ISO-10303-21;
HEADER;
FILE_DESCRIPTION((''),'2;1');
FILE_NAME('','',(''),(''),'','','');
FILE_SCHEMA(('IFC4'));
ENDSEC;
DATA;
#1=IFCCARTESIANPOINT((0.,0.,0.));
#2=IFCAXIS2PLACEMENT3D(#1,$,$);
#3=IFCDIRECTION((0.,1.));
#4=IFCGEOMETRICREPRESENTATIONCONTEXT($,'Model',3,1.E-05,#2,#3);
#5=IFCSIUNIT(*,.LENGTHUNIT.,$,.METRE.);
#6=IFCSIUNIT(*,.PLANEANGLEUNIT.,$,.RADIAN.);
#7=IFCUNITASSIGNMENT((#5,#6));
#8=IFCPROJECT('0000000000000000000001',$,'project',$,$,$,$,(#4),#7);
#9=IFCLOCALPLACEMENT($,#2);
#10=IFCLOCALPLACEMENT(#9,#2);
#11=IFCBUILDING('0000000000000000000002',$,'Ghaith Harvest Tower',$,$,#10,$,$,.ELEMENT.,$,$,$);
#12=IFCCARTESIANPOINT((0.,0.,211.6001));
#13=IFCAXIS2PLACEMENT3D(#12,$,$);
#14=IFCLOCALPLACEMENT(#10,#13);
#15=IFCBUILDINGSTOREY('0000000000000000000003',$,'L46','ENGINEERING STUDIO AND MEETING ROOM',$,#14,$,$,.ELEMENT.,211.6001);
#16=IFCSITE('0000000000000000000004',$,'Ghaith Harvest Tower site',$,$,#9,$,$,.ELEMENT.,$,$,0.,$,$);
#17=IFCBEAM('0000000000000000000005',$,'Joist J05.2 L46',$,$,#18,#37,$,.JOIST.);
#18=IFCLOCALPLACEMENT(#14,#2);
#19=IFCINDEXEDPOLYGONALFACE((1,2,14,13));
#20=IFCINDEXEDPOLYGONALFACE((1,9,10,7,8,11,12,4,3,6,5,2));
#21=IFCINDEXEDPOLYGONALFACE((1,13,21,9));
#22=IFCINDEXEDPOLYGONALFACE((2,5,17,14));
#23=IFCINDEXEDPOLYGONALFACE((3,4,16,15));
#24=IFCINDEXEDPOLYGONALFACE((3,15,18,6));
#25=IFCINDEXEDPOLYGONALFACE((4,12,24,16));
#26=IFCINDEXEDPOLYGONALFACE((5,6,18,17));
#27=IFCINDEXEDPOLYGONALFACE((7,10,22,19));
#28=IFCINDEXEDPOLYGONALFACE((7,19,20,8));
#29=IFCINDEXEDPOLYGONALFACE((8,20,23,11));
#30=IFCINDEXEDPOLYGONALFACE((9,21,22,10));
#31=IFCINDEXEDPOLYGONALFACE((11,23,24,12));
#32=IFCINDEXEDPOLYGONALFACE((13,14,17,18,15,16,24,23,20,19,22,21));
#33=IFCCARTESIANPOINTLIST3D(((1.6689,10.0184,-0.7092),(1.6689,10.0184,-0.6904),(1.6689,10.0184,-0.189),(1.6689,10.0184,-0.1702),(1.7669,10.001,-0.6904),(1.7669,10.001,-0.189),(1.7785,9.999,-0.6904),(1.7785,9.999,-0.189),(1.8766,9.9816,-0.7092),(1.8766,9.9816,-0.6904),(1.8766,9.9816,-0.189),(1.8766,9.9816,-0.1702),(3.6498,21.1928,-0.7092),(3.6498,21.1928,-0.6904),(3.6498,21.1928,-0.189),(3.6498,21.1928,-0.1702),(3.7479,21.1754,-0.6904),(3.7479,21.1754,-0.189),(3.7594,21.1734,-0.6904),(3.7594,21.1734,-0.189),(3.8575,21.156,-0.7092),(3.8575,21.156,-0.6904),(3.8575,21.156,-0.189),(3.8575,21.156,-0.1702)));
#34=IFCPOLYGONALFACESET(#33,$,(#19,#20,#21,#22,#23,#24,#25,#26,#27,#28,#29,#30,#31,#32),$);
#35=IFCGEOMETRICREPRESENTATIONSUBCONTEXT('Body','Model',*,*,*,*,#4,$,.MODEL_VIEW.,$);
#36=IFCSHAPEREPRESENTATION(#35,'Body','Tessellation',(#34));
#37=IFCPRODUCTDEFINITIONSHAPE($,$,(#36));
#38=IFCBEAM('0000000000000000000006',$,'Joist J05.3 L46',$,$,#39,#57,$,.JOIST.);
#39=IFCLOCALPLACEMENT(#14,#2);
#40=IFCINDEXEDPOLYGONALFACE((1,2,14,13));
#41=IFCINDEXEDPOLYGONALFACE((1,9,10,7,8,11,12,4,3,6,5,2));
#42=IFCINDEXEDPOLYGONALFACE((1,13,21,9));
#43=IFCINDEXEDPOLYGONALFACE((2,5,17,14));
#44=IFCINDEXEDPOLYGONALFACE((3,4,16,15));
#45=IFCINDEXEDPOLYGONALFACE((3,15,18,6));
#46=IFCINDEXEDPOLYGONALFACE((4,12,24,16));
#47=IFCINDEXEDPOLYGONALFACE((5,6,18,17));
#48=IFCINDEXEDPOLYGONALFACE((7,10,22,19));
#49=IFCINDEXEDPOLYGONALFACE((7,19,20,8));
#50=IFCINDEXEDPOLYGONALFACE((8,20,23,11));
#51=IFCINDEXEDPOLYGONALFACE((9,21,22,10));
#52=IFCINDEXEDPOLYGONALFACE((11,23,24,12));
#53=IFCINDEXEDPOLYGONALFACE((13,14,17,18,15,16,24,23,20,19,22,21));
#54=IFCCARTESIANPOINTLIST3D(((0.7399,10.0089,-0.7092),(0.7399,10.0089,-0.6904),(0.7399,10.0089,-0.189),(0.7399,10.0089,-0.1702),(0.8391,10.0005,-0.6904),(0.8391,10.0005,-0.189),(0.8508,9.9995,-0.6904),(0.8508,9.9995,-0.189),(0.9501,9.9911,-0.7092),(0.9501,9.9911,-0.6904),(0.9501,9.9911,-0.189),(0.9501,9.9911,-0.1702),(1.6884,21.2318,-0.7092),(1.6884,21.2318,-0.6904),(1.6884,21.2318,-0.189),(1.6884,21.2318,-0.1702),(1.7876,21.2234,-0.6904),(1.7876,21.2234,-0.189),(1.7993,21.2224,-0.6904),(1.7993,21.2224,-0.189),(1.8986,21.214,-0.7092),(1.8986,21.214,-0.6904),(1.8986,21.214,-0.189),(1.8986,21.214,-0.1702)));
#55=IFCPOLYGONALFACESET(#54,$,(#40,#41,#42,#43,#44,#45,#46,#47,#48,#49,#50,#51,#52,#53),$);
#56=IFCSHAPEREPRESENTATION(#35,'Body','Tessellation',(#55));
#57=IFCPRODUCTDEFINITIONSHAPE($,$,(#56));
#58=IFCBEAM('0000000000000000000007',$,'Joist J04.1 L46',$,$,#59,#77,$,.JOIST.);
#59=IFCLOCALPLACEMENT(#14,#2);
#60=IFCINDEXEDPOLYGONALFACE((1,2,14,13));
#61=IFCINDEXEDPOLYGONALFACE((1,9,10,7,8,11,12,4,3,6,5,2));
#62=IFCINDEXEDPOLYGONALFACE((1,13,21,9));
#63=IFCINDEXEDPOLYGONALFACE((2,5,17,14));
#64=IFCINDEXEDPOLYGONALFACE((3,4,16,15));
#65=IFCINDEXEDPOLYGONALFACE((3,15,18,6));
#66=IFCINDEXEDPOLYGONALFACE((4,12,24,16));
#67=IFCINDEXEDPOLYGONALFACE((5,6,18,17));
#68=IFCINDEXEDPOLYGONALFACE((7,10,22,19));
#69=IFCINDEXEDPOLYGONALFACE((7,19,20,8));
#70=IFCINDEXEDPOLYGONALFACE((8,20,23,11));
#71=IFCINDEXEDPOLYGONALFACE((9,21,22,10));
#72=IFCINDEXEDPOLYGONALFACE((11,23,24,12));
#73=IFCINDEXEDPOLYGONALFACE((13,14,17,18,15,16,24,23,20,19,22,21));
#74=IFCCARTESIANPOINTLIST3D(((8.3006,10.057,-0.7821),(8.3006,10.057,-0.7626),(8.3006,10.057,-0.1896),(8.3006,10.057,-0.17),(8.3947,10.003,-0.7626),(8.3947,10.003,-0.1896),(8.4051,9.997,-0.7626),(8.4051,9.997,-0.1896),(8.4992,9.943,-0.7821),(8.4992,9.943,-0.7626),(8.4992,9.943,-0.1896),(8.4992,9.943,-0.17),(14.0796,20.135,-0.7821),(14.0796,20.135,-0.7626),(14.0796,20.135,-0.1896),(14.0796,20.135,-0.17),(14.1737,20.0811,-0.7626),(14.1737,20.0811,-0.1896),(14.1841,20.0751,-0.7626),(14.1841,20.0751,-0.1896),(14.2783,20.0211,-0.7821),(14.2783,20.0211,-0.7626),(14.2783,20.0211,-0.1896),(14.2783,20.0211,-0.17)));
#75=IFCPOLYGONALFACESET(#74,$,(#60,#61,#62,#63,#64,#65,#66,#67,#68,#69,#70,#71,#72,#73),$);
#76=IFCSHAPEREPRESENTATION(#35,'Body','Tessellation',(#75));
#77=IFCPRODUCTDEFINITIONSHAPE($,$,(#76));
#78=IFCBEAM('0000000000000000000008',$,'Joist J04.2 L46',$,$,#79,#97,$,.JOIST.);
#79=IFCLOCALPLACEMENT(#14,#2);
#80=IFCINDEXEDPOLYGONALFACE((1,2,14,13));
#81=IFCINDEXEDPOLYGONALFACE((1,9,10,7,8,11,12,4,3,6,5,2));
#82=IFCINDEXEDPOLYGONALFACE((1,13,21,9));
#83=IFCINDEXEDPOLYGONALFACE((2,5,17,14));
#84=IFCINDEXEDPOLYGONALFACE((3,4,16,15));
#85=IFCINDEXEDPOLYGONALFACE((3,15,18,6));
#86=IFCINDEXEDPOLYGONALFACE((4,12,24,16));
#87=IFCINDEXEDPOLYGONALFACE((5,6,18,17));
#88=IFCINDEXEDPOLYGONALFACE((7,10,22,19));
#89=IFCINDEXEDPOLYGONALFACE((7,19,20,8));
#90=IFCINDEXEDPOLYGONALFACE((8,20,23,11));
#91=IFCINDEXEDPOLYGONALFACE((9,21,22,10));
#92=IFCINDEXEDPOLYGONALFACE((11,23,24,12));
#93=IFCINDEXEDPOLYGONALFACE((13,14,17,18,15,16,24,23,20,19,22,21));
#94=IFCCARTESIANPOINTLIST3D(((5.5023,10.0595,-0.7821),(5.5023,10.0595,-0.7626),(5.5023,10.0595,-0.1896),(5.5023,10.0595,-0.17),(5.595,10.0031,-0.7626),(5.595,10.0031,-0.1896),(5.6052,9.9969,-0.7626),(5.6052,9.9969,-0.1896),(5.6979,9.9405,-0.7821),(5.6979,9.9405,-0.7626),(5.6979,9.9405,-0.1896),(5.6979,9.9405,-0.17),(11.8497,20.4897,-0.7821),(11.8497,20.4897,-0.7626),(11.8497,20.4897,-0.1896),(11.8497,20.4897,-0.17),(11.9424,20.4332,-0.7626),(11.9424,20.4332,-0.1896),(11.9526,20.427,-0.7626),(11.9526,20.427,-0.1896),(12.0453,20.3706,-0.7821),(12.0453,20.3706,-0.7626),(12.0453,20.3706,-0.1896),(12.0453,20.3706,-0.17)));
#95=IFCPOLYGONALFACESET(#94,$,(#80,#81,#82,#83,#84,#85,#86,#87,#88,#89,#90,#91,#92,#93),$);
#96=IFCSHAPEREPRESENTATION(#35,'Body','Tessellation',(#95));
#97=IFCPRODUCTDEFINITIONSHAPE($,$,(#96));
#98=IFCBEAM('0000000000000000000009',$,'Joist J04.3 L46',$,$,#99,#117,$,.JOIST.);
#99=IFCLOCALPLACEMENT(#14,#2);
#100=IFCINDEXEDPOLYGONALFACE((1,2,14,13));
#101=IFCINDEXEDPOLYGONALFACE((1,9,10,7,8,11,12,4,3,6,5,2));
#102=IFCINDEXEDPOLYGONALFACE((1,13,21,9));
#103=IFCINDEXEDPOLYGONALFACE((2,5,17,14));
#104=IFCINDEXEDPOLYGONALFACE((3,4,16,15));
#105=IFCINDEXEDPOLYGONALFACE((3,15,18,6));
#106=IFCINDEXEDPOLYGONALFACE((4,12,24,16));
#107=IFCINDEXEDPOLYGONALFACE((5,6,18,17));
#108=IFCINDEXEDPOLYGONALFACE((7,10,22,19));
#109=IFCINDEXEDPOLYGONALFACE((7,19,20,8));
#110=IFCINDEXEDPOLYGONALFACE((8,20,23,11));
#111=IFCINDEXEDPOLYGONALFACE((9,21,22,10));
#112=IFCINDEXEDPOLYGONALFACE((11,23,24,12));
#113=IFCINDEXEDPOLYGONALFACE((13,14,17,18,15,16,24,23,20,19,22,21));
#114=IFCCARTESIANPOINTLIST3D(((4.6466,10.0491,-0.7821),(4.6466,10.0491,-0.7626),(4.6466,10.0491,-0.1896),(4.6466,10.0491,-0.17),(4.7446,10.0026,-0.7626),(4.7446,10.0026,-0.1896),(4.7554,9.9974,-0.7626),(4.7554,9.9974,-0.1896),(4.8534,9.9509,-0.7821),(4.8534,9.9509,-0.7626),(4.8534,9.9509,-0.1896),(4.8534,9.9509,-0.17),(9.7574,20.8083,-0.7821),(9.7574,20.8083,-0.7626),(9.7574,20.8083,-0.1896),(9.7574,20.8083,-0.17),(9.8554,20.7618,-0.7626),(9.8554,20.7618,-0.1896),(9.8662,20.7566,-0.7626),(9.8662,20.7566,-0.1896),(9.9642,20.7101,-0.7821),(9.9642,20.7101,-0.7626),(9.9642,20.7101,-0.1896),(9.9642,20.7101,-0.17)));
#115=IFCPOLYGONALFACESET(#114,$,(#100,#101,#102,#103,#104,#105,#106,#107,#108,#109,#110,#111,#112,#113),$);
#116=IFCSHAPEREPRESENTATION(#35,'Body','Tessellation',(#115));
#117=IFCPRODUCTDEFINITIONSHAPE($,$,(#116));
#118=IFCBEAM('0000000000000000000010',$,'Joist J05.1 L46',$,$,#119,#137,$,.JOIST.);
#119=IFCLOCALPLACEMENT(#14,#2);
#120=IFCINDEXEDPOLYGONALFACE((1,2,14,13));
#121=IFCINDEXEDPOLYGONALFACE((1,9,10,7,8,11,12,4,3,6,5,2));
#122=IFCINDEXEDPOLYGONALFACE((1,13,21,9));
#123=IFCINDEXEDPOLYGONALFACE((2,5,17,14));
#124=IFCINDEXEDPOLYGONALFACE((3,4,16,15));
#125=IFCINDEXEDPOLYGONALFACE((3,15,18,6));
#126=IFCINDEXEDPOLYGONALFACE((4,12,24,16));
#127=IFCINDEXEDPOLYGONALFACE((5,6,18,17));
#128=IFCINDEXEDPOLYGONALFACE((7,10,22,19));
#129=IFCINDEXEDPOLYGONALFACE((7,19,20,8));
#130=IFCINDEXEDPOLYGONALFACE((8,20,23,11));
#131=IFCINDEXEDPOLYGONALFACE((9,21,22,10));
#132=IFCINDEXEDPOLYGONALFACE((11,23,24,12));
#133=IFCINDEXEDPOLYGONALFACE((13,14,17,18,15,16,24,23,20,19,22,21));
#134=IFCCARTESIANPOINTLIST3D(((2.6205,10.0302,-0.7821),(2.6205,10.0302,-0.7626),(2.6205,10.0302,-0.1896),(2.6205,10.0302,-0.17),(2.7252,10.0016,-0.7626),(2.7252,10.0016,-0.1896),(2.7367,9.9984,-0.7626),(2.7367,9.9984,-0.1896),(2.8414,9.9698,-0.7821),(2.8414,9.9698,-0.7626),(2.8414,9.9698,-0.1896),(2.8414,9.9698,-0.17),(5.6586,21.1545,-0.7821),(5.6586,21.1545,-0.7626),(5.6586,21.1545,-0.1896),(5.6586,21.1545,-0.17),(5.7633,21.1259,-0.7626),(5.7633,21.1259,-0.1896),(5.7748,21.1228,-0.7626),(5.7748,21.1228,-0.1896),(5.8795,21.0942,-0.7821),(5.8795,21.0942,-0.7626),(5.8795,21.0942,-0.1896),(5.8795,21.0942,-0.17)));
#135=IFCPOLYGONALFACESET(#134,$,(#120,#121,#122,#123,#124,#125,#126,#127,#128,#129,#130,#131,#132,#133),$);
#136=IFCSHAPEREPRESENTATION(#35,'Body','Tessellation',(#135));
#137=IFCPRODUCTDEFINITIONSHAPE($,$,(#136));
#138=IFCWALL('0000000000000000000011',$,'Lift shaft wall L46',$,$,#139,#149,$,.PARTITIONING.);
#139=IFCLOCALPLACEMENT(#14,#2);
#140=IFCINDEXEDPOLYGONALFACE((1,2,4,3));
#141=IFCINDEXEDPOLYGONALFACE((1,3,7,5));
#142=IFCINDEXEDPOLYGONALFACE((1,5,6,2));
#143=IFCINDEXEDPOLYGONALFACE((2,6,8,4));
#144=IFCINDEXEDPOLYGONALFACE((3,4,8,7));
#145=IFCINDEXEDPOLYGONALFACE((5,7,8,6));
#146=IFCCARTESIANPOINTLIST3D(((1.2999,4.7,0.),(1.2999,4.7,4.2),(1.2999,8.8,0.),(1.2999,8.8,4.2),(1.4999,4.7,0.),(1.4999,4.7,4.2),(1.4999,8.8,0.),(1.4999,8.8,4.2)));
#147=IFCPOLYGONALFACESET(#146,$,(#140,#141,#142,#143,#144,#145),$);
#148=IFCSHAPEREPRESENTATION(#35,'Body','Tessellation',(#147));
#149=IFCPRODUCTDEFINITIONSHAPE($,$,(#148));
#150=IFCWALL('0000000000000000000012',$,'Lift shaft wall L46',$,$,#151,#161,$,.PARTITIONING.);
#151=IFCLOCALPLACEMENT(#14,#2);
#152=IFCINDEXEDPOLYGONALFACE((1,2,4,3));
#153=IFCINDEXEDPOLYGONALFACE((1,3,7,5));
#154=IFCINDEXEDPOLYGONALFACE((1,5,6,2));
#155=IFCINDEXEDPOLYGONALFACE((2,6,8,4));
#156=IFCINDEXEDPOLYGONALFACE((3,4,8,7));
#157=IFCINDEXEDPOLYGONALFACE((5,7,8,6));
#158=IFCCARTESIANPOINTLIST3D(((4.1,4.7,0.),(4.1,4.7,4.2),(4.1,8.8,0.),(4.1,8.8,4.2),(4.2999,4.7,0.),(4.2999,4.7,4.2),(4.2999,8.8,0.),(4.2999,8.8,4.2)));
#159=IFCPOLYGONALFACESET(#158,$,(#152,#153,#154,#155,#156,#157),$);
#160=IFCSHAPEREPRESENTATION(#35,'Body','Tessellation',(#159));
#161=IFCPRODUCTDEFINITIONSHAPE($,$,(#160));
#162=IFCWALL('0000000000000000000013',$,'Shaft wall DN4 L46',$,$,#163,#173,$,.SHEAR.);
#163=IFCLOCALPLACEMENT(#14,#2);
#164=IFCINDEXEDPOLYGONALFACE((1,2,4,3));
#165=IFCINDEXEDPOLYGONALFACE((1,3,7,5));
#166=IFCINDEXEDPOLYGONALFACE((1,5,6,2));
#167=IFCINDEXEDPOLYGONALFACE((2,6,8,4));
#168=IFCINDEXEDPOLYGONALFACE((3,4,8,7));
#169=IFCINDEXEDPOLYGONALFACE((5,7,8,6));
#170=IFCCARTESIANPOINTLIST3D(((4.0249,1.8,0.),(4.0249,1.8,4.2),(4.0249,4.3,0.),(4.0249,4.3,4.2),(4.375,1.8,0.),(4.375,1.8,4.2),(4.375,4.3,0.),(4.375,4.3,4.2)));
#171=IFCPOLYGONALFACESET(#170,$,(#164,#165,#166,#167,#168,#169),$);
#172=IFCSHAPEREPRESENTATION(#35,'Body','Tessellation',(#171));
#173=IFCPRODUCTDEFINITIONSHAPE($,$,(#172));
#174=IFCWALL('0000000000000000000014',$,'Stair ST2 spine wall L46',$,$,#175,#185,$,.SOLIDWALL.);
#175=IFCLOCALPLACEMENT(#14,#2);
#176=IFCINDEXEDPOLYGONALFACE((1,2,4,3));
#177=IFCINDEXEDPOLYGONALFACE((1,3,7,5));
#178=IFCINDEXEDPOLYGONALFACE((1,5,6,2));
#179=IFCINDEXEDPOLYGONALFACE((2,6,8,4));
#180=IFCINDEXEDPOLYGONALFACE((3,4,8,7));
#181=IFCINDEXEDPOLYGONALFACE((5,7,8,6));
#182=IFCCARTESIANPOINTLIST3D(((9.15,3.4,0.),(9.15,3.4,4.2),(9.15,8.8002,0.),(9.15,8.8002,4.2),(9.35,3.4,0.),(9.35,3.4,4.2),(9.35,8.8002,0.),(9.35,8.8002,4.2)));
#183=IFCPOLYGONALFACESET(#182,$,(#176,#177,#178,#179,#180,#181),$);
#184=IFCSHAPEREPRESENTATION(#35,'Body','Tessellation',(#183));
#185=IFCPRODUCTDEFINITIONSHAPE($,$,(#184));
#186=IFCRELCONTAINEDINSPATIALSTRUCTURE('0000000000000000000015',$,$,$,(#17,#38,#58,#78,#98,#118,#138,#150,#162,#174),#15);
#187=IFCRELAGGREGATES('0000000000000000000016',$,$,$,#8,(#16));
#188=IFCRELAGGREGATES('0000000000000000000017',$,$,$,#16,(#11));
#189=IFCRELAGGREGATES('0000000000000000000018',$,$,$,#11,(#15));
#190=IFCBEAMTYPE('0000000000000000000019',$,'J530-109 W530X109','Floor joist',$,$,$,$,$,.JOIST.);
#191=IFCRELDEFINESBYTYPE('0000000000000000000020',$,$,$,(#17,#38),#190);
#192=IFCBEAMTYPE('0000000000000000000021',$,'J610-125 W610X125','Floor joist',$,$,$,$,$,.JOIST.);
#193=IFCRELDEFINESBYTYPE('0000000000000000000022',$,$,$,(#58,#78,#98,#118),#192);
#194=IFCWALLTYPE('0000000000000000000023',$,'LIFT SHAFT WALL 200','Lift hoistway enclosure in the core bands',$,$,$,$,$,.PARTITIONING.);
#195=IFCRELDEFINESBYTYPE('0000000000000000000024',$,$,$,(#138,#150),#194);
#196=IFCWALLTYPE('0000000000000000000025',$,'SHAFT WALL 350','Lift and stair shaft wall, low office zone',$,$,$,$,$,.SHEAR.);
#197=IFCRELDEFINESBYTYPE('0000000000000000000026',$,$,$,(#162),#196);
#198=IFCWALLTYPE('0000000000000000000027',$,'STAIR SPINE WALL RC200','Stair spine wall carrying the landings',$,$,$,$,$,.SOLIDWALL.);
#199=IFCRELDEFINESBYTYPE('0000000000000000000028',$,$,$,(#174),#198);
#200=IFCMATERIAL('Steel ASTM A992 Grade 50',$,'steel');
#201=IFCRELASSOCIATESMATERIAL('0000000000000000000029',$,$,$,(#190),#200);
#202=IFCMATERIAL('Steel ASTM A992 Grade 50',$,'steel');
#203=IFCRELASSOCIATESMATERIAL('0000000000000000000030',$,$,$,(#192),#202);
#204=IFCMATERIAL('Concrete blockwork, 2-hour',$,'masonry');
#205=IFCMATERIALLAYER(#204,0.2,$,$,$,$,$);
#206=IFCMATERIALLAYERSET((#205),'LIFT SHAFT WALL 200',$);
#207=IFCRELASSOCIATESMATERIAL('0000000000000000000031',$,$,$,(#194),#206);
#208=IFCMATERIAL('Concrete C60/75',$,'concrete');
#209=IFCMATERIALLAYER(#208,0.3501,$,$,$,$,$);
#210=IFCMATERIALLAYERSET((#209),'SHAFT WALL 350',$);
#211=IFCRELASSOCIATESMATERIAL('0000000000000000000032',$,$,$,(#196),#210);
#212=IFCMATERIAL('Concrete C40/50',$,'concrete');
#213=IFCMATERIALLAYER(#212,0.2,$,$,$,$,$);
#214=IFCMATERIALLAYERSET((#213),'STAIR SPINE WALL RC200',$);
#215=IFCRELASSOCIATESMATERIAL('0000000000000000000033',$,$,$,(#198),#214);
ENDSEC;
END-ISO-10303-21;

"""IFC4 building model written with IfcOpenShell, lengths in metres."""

from ifc_helpers import new_model, si_unit, direction, frame, frame_2d, origin, origin_2d, place, context, subcontext, project, spatial, rectangle, i_section, extrude, material, layer, layer_set, material_profile, profile_set, type_object, element, save


model = new_model("IFC4")

# Units and contexts
model_context = context("Model", 3, precision=1e-05, world=origin(), true_north=direction((0.0, 1.0)))
body_context = subcontext(model_context, "Body", "Model", "MODEL_VIEW")
ifc_project = project(units=[si_unit("LENGTHUNIT", "METRE"), si_unit("PLANEANGLEUNIT", "RADIAN")], contexts=[model_context])

# Site, building, storey
site_placement = place(None, origin())
site = spatial("IfcSite", under=ifc_project, at=site_placement, Name="Ghaith Harvest Tower site", CompositionType="ELEMENT", RefElevation=0.0)
building_placement = place(site_placement, origin())
building = spatial("IfcBuilding", under=site, at=building_placement, Name="Ghaith Harvest Tower", CompositionType="ELEMENT")
storey_placement = place(building_placement, frame((0.0, 0.0, 211.6001)))
storey = spatial("IfcBuildingStorey", under=building, at=storey_placement, Name="L46", Description="ENGINEERING STUDIO AND MEETING ROOM", CompositionType="ELEMENT", Elevation=211.6001)

# Beams
ifc_material_1 = material(Name="Steel ASTM A992 Grade 50", Category="steel")
ifc_material_profile_1 = material_profile(ifc_material_1, i_section(OverallWidth=0.2109, OverallDepth=0.5391, WebThickness=0.0117, FlangeThickness=0.0188, at=origin_2d()), Name="W530X109")
ifc_profile_set_1 = profile_set([ifc_material_profile_1], Name="Steel ASTM A992 Grade 50")
beam_type_1 = type_object("IfcBeamType", Name="J530-109 W530X109", Description="Floor joist", PredefinedType="JOIST", material=ifc_profile_set_1)
beam_1_placement = place(storey_placement, frame((1.7727, 10.0, -0.4397), z_axis=(0.174556, 0.984647, 0.0), x_axis=(-0.984647, 0.174556, 0.0)))
element("IfcBeam", 1, at=beam_1_placement, inside=storey, type_object=beam_type_1, Name="Joist J05.2 L46", PredefinedType="JOIST", context=body_context, shape_type="SweptSolid", body=[
    extrude(i_section(OverallWidth=0.2109, OverallDepth=0.5391, WebThickness=0.0117, FlangeThickness=0.0188, at=origin_2d()), origin(), (0.0, 0.0, 1.0), 11.3486),
])
beam_2_placement = place(storey_placement, frame((0.845, 10.0, -0.4397), z_axis=(0.084213, 0.996448, 0.0), x_axis=(-0.996448, 0.084213, 0.0)))
element("IfcBeam", 2, at=beam_2_placement, inside=storey, type_object=beam_type_1, Name="Joist J05.3 L46", PredefinedType="JOIST", context=body_context, shape_type="SweptSolid", body=[
    extrude(i_section(OverallWidth=0.2109, OverallDepth=0.5391, WebThickness=0.0117, FlangeThickness=0.0188, at=origin_2d()), origin(), (0.0, 0.0, 1.0), 11.2629),
])
ifc_material_2 = material(Name="Steel ASTM A992 Grade 50", Category="steel")
ifc_material_profile_2 = material_profile(ifc_material_2, i_section(OverallWidth=0.229, OverallDepth=0.6121, WebThickness=0.012, FlangeThickness=0.0195, at=origin_2d()), Name="W610X125")
ifc_profile_set_2 = profile_set([ifc_material_profile_2], Name="Steel ASTM A992 Grade 50")
beam_type_2 = type_object("IfcBeamType", Name="J610-125 W610X125", Description="Floor joist", PredefinedType="JOIST", material=ifc_profile_set_2)
beam_3_placement = place(storey_placement, frame((8.3999, 10.0, -0.4761), z_axis=(0.497444, 0.867496, 0.0), x_axis=(-0.867496, 0.497444, 0.0)))
element("IfcBeam", 3, at=beam_3_placement, inside=storey, type_object=beam_type_2, Name="Joist J04.1 L46", PredefinedType="JOIST", context=body_context, shape_type="SweptSolid", body=[
    extrude(i_section(OverallWidth=0.229, OverallDepth=0.6121, WebThickness=0.012, FlangeThickness=0.0195, at=origin_2d()), origin(), (0.0, 0.0, 1.0), 11.6174),
])
beam_4_placement = place(storey_placement, frame((5.6001, 10.0, -0.4761), z_axis=(0.519864, 0.854249, 0.0), x_axis=(-0.854249, 0.519864, 0.0)))
element("IfcBeam", 4, at=beam_4_placement, inside=storey, type_object=beam_type_2, Name="Joist J04.2 L46", PredefinedType="JOIST", context=body_context, shape_type="SweptSolid", body=[
    extrude(i_section(OverallWidth=0.229, OverallDepth=0.6121, WebThickness=0.012, FlangeThickness=0.0195, at=origin_2d()), origin(), (0.0, 0.0, 1.0), 12.2097),
])
beam_5_placement = place(storey_placement, frame((4.75, 10.0, -0.4761), z_axis=(0.429069, 0.903272, 0.0), x_axis=(-0.903272, 0.429069, 0.0)))
element("IfcBeam", 5, at=beam_5_placement, inside=storey, type_object=beam_type_2, Name="Joist J04.3 L46", PredefinedType="JOIST", context=body_context, shape_type="SweptSolid", body=[
    extrude(i_section(OverallWidth=0.229, OverallDepth=0.6121, WebThickness=0.012, FlangeThickness=0.0195, at=origin_2d()), origin(), (0.0, 0.0, 1.0), 11.9114),
])
beam_6_placement = place(storey_placement, frame((2.731, 10.0, -0.4761), z_axis=(0.263456, 0.964671, 0.0), x_axis=(-0.964671, 0.263456, 0.0)))
element("IfcBeam", 6, at=beam_6_placement, inside=storey, type_object=beam_type_2, Name="Joist J05.1 L46", PredefinedType="JOIST", context=body_context, shape_type="SweptSolid", body=[
    extrude(i_section(OverallWidth=0.229, OverallDepth=0.6121, WebThickness=0.012, FlangeThickness=0.0195, at=origin_2d()), origin(), (0.0, 0.0, 1.0), 11.5317),
])

# Walls
ifc_material_3 = material(Name="Concrete blockwork, 2-hour", Category="masonry")
ifc_layer_1 = layer(ifc_material_3, 0.2)
ifc_layer_set_1 = layer_set([ifc_layer_1], Name="LIFT SHAFT WALL 200")
wall_type_1 = type_object("IfcWallType", Name="LIFT SHAFT WALL 200", Description="Lift hoistway enclosure in the core bands", PredefinedType="PARTITIONING", material=ifc_layer_set_1)
for number, where, z_axis, x_axis, name in (
    (7, (1.3999, 4.7, 0.0), (0.0, 0.0, 1.0), (0.0, 1.0, 0.0), "Lift shaft wall L46"),
    (8, (4.2, 4.7, 0.0), (0.0, 0.0, 1.0), (0.0, 1.0, 0.0), "Lift shaft wall L46"),
):
    element("IfcWall", number, at=place(storey_placement, frame(where, z_axis=z_axis, x_axis=x_axis)), inside=storey, type_object=wall_type_1, Name=name, PredefinedType="PARTITIONING", context=body_context, shape_type="SweptSolid", body=[
        extrude(rectangle(XDim=4.1001, YDim=0.2, at=frame_2d((2.05, 0.0))), origin(), (0.0, 0.0, 1.0), 4.2),
    ])

# Shared definitions
ifc_material_4 = material(Name="Concrete C60/75", Category="concrete")
ifc_layer_2 = layer(ifc_material_4, 0.3501)
ifc_layer_set_2 = layer_set([ifc_layer_2], Name="SHAFT WALL 350")
wall_type_2 = type_object("IfcWallType", Name="SHAFT WALL 350", Description="Lift and stair shaft wall, low office zone", PredefinedType="SHEAR", material=ifc_layer_set_2)

# Walls
wall_1_placement = place(storey_placement, frame((4.2, 1.8, 0.0), z_axis=(0.0, 0.0, 1.0), x_axis=(0.0, 1.0, 0.0)))
element("IfcWall", 9, at=wall_1_placement, inside=storey, type_object=wall_type_2, Name="Shaft wall DN4 L46", PredefinedType="SHEAR", context=body_context, shape_type="SweptSolid", body=[
    extrude(rectangle(XDim=2.5, YDim=0.3501, at=frame_2d((1.25, 0.0))), origin(), (0.0, 0.0, 1.0), 4.2),
])
ifc_material_5 = material(Name="Concrete C40/50", Category="concrete")
ifc_layer_3 = layer(ifc_material_5, 0.2)
ifc_layer_set_3 = layer_set([ifc_layer_3], Name="STAIR SPINE WALL RC200")
wall_type_3 = type_object("IfcWallType", Name="STAIR SPINE WALL RC200", Description="Stair spine wall carrying the landings", PredefinedType="SOLIDWALL", material=ifc_layer_set_3)
wall_2_placement = place(storey_placement, frame((9.25, 3.3999, 0.0), z_axis=(0.0, 0.0, 1.0), x_axis=(0.0, 1.0, 0.0)))
element("IfcWall", 10, at=wall_2_placement, inside=storey, type_object=wall_type_3, Name="Stair ST2 spine wall L46", PredefinedType="SOLIDWALL", context=body_context, shape_type="SweptSolid", body=[
    extrude(rectangle(XDim=5.4001, YDim=0.2, at=frame_2d((2.7002, 0.0))), origin(), (0.0, 0.0, 1.0), 4.2),
])

save(model, "model.ifc")
